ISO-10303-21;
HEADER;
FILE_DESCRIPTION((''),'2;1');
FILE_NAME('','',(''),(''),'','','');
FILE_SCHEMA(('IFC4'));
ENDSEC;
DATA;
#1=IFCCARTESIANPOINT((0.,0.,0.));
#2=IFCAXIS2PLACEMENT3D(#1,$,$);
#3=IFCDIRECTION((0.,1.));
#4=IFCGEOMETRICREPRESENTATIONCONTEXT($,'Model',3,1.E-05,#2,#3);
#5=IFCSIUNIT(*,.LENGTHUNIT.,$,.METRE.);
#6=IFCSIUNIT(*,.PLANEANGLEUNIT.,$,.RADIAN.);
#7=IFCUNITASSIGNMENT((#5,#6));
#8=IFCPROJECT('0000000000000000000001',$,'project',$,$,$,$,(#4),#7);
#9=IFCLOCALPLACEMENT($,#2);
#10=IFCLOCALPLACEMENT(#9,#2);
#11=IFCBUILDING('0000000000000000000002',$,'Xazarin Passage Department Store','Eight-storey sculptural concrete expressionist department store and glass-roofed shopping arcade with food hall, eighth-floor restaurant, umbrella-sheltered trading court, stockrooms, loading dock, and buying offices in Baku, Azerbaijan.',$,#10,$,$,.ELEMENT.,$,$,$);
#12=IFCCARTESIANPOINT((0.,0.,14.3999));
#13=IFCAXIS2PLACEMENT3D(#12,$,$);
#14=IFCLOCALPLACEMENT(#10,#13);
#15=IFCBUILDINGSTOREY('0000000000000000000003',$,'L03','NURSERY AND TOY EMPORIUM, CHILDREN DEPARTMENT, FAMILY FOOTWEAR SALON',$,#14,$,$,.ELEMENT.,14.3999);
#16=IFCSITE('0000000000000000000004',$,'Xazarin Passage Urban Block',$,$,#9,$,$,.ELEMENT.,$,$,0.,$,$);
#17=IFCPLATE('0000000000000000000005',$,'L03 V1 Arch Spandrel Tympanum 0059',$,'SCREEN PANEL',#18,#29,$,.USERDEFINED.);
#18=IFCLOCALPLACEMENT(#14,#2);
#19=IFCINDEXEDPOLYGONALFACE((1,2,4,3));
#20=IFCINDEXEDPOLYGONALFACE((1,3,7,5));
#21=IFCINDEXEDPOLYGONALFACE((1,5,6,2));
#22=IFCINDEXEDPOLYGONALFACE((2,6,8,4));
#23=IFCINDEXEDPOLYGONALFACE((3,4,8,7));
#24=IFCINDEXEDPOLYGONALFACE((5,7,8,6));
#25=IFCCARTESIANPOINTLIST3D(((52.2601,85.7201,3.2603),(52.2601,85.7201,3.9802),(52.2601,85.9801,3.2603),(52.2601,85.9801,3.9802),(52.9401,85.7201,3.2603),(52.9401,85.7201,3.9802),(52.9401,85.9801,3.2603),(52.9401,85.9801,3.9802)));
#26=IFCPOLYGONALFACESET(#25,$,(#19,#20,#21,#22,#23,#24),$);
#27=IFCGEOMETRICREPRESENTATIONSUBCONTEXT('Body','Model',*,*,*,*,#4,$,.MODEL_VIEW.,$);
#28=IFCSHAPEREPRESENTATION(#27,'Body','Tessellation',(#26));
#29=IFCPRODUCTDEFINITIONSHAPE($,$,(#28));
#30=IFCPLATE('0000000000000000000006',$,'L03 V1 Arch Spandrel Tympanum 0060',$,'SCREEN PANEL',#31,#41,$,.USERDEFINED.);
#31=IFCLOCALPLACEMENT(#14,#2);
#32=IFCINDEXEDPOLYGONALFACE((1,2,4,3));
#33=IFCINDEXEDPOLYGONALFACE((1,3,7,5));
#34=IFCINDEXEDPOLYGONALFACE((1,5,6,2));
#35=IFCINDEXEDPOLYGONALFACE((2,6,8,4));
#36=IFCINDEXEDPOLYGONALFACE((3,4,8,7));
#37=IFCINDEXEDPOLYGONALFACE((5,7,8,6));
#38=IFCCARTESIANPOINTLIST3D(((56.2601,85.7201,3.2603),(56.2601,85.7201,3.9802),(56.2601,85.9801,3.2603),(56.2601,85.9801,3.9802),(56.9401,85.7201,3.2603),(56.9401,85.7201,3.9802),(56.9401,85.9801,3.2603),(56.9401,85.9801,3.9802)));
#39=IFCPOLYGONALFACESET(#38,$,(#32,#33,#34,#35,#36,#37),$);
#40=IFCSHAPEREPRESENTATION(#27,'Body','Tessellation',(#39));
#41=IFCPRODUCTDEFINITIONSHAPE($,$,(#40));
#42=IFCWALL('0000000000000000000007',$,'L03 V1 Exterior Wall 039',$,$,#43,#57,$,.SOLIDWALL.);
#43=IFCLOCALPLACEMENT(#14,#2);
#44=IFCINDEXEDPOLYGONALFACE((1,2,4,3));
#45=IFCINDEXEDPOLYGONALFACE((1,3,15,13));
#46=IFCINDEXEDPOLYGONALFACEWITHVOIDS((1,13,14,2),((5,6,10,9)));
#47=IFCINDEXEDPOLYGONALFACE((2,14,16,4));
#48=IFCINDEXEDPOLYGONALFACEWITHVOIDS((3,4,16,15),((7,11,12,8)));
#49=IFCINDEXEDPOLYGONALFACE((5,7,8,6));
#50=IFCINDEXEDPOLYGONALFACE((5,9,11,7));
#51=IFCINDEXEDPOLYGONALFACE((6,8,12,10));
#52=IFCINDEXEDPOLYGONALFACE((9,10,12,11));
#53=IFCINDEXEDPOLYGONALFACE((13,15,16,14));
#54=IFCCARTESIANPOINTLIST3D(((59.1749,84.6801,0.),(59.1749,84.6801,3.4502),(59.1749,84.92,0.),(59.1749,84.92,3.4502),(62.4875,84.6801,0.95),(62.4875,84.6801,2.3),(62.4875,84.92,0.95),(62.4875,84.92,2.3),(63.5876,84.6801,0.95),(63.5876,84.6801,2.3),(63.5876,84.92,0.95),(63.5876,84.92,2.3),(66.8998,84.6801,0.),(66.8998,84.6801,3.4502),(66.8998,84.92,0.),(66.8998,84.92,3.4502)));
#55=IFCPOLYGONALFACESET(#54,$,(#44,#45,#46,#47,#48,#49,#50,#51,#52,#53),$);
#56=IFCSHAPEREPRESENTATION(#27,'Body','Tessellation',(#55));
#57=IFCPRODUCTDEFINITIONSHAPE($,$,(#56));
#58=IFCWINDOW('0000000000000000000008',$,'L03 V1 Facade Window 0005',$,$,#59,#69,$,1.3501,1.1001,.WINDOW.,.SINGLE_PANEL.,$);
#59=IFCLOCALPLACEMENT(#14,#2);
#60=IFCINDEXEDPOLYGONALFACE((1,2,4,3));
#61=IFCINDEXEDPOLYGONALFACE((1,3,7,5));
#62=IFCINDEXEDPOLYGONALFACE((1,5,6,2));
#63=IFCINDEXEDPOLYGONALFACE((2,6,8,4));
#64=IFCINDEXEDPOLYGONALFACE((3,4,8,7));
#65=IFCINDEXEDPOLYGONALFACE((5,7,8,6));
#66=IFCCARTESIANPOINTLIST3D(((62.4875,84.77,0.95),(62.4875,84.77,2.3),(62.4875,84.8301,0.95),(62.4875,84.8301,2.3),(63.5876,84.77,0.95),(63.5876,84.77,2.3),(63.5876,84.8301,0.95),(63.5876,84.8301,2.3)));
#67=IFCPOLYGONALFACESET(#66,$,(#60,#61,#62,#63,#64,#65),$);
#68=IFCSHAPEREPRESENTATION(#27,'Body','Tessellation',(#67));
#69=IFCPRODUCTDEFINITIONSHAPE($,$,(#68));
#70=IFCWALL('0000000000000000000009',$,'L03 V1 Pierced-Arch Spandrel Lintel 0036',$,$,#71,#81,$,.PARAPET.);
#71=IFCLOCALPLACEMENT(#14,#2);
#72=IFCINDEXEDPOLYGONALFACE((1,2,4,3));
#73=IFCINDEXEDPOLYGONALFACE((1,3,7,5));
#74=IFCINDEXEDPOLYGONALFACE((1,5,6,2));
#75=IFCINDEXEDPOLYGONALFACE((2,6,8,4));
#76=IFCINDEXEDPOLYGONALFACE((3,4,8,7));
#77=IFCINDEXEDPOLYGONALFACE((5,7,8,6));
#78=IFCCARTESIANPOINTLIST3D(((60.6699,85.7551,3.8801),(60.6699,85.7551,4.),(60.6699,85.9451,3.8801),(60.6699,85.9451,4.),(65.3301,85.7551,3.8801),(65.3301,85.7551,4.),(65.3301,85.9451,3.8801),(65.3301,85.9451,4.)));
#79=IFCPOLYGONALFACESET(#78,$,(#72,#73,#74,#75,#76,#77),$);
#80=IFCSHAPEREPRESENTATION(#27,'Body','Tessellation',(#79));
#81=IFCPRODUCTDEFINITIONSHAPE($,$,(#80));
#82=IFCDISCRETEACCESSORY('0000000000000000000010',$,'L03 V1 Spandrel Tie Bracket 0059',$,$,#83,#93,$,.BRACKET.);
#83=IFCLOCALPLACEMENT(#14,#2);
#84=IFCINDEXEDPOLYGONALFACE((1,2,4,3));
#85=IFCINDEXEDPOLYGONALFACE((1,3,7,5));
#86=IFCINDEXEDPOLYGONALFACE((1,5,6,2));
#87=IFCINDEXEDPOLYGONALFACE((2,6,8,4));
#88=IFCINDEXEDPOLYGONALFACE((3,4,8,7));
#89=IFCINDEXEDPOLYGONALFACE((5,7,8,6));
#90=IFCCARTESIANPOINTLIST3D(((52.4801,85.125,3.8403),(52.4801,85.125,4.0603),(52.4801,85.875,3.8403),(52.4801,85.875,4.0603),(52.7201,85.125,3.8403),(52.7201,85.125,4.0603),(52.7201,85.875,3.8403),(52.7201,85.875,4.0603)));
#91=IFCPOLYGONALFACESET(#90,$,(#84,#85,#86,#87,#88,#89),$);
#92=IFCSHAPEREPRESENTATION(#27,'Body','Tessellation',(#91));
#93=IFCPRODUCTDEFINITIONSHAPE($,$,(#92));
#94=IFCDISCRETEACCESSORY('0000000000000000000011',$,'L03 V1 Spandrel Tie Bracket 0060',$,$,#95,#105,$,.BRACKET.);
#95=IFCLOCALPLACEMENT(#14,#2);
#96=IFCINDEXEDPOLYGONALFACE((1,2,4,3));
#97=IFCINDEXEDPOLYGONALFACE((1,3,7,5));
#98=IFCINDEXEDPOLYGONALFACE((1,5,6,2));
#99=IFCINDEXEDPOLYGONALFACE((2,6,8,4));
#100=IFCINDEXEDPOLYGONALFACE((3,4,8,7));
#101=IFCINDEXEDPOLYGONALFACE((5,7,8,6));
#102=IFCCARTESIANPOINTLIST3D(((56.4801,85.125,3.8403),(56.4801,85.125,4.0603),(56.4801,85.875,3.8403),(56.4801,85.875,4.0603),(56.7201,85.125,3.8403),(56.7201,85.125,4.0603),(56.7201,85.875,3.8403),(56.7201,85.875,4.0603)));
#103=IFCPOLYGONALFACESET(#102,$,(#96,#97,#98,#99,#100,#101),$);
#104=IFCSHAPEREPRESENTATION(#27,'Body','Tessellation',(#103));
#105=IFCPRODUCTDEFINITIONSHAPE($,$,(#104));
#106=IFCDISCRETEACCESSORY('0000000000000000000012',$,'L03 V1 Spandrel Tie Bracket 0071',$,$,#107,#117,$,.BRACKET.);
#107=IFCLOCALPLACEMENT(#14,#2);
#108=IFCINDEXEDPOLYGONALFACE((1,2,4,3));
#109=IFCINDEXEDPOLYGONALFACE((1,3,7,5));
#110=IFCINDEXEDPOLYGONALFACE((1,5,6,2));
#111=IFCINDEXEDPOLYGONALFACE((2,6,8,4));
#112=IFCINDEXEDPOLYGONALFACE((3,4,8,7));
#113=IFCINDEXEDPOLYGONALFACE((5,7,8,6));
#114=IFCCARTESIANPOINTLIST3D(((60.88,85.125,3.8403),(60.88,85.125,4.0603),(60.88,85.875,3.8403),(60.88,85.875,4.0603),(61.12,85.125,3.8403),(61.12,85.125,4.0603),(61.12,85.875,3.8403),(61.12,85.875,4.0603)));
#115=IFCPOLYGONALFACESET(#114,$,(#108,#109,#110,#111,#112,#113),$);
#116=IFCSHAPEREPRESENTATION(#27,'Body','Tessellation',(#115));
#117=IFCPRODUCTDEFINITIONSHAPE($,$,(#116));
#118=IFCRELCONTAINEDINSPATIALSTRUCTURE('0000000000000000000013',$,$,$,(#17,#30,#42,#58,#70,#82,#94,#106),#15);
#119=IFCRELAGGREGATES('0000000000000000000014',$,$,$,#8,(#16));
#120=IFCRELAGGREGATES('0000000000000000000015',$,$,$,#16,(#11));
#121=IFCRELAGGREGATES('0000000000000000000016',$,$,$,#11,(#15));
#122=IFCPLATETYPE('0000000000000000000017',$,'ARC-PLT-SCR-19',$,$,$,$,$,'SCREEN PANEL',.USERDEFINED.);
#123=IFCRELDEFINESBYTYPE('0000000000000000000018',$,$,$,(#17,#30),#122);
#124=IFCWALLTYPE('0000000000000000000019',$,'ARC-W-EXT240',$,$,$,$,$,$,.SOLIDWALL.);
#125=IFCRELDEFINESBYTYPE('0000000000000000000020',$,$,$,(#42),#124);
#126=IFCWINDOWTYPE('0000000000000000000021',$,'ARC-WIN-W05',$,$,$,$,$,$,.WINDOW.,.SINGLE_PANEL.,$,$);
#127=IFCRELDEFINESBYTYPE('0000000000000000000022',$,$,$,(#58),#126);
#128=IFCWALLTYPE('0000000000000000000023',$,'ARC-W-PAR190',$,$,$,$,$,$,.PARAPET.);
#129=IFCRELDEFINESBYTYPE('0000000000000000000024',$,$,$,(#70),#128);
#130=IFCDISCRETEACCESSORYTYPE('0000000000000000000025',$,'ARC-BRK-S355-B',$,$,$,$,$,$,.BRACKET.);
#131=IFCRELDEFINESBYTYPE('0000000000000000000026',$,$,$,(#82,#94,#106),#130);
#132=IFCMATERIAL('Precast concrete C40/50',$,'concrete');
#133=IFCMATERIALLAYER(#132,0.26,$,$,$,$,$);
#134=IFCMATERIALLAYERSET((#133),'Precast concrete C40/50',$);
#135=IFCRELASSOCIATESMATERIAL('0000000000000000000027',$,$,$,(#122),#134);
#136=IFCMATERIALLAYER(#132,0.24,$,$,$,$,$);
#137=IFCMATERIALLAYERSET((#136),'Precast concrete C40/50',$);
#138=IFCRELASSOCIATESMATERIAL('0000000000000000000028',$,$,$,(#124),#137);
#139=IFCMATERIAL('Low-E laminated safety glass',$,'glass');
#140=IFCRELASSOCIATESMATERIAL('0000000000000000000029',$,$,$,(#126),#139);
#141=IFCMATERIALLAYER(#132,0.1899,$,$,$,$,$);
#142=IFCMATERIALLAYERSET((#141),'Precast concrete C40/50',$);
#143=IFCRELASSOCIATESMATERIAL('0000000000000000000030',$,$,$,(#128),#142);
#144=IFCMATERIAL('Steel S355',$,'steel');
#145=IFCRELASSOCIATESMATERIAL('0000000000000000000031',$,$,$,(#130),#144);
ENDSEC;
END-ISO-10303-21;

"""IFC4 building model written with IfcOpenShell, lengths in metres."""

from ifc_helpers import new_model, si_unit, direction, frame, frame_2d, origin, origin_2d, place, context, subcontext, project, spatial, rectangle, extrude, material, layer, layer_set, type_object, element, fill, save


model = new_model("IFC4")

# Units and contexts
model_context = context("Model", 3, precision=1e-05, world=origin(), true_north=direction((0.0, 1.0)))
body_context = subcontext(model_context, "Body", "Model", "MODEL_VIEW")
ifc_project = project(units=[si_unit("LENGTHUNIT", "METRE"), si_unit("PLANEANGLEUNIT", "RADIAN")], contexts=[model_context])

# Site, building, storey
site_placement = place(None, origin())
site = spatial("IfcSite", under=ifc_project, at=site_placement, Name="Xazarin Passage Urban Block", CompositionType="ELEMENT", RefElevation=0.0)
building_placement = place(site_placement, origin())
building = spatial("IfcBuilding", under=site, at=building_placement, Name="Xazarin Passage Department Store", Description="Eight-storey sculptural concrete expressionist department store and glass-roofed shopping arcade with food hall, eighth-floor restaurant, umbrella-sheltered trading court, stockrooms, loading dock, and buying offices in Baku, Azerbaijan.", CompositionType="ELEMENT")
storey_placement = place(building_placement, frame((0.0, 0.0, 14.3999)))
storey = spatial("IfcBuildingStorey", under=building, at=storey_placement, Name="L03", Description="NURSERY AND TOY EMPORIUM, CHILDREN DEPARTMENT, FAMILY FOOTWEAR SALON", CompositionType="ELEMENT", Elevation=14.3999)

# Plates
ifc_material_1 = material(Name="Precast concrete C40/50", Category="concrete")
ifc_layer_1 = layer(ifc_material_1, 0.26)
ifc_layer_set_1 = layer_set([ifc_layer_1], Name="Precast concrete C40/50")
plate_type_1 = type_object("IfcPlateType", Name="ARC-PLT-SCR-19", ElementType="SCREEN PANEL", PredefinedType="USERDEFINED", material=ifc_layer_set_1)
for number, where, z_axis, x_axis, name in (
    (1, (52.6001, 85.8501, 3.2603), (0.0, 0.0, 1.0), (1.0, 0.0, 0.0), "L03 V1 Arch Spandrel Tympanum 0059"),
    (2, (56.6001, 85.8501, 3.2603), (0.0, 0.0, 1.0), (1.0, 0.0, 0.0), "L03 V1 Arch Spandrel Tympanum 0060"),
):
    element("IfcPlate", number, at=place(storey_placement, frame(where, z_axis=z_axis, x_axis=x_axis)), inside=storey, type_object=plate_type_1, Name=name, ObjectType="SCREEN PANEL", PredefinedType="USERDEFINED", context=body_context, shape_type="SweptSolid", body=[
        extrude(rectangle(XDim=0.6799, YDim=0.26, at=origin_2d()), origin(), (0.0, 0.0, 1.0), 0.72),
    ])

# Wall, opening, window
ifc_layer_2 = layer(ifc_material_1, 0.24)
ifc_layer_set_2 = layer_set([ifc_layer_2], Name="Precast concrete C40/50")
wall_type_1 = type_object("IfcWallType", Name="ARC-W-EXT240", PredefinedType="SOLIDWALL", material=ifc_layer_set_2)
wall_1_placement = place(storey_placement, frame((59.175, 84.8, 0.0), z_axis=(0.0, 0.0, 1.0), x_axis=(1.0, 0.0, 0.0)))
wall_1 = element("IfcWall", 3, at=wall_1_placement, inside=storey, type_object=wall_type_1, Name="L03 V1 Exterior Wall 039", PredefinedType="SOLIDWALL", context=body_context, shape_type="SweptSolid", body=[
    extrude(rectangle(XDim=7.7249, YDim=0.24, at=frame_2d((3.8623, 0.0))), origin(), (0.0, 0.0, 1.0), 3.4502),
])
opening_placement = place(wall_1_placement, frame((3.3125, 0.0, 0.95)))
opening = element("IfcOpeningElement", 4, at=opening_placement, cuts=wall_1, PredefinedType="OPENING", context=body_context, shape_type="SweptSolid", body=[
    extrude(rectangle(XDim=1.1001, YDim=1.3501, at=frame_2d((0.55, 0.675))), frame((0.0, 0.1299, 0.0), z_axis=(0.0, -1.0, 0.0), x_axis=(1.0, 0.0, 0.0)), (0.0, 0.0, 1.0), 0.26),
])
ifc_material_2 = material(Name="Low-E laminated safety glass", Category="glass")
window_type = type_object("IfcWindowType", Name="ARC-WIN-W05", PartitioningType="SINGLE_PANEL", PredefinedType="WINDOW", material=ifc_material_2)
window_placement = place(opening_placement, origin())
window = element("IfcWindow", 5, at=window_placement, inside=storey, type_object=window_type, Name="L03 V1 Facade Window 0005", OverallHeight=1.3501, OverallWidth=1.1001, PartitioningType="SINGLE_PANEL", PredefinedType="WINDOW", context=body_context, shape_type="SweptSolid", body=[
    extrude(rectangle(XDim=1.1001, YDim=1.3501, at=frame_2d((0.55, 0.675))), frame((0.0, 0.03, 0.0), z_axis=(0.0, -1.0, 0.0), x_axis=(1.0, 0.0, 0.0)), (0.0, 0.0, 1.0), 0.0601),
])
fill(opening, window)

# Wall
ifc_layer_3 = layer(ifc_material_1, 0.1899)
ifc_layer_set_3 = layer_set([ifc_layer_3], Name="Precast concrete C40/50")
wall_type_2 = type_object("IfcWallType", Name="ARC-W-PAR190", PredefinedType="PARAPET", material=ifc_layer_set_3)
wall_2_placement = place(storey_placement, frame((60.6699, 85.8501, 3.8801), z_axis=(0.0, 0.0, 1.0), x_axis=(1.0, 0.0, 0.0)))
element("IfcWall", 6, at=wall_2_placement, inside=storey, type_object=wall_type_2, Name="L03 V1 Pierced-Arch Spandrel Lintel 0036", PredefinedType="PARAPET", context=body_context, shape_type="SweptSolid", body=[
    extrude(rectangle(XDim=4.6602, YDim=0.1899, at=frame_2d((2.3301, 0.0))), origin(), (0.0, 0.0, 1.0), 0.1199),
])

# Discrete accessories
ifc_material_3 = material(Name="Steel S355", Category="steel")
discrete_accessory_type = type_object("IfcDiscreteAccessoryType", Name="ARC-BRK-S355-B", PredefinedType="BRACKET", material=ifc_material_3)
for number, where, z_axis, x_axis, name in (
    (7, (52.6001, 85.5, 3.8403), (0.0, 0.0, 1.0), (1.0, 0.0, 0.0), "L03 V1 Spandrel Tie Bracket 0059"),
    (8, (56.6001, 85.5, 3.8403), (0.0, 0.0, 1.0), (1.0, 0.0, 0.0), "L03 V1 Spandrel Tie Bracket 0060"),
    (9, (61.0, 85.5, 3.8403), (0.0, 0.0, 1.0), (1.0, 0.0, 0.0), "L03 V1 Spandrel Tie Bracket 0071"),
):
    element("IfcDiscreteAccessory", number, at=place(storey_placement, frame(where, z_axis=z_axis, x_axis=x_axis)), inside=storey, type_object=discrete_accessory_type, Name=name, PredefinedType="BRACKET", context=body_context, shape_type="SweptSolid", body=[
        extrude(rectangle(XDim=0.24, YDim=0.75, at=origin_2d()), origin(), (0.0, 0.0, 1.0), 0.22),
    ])

save(model, "model.ifc")
